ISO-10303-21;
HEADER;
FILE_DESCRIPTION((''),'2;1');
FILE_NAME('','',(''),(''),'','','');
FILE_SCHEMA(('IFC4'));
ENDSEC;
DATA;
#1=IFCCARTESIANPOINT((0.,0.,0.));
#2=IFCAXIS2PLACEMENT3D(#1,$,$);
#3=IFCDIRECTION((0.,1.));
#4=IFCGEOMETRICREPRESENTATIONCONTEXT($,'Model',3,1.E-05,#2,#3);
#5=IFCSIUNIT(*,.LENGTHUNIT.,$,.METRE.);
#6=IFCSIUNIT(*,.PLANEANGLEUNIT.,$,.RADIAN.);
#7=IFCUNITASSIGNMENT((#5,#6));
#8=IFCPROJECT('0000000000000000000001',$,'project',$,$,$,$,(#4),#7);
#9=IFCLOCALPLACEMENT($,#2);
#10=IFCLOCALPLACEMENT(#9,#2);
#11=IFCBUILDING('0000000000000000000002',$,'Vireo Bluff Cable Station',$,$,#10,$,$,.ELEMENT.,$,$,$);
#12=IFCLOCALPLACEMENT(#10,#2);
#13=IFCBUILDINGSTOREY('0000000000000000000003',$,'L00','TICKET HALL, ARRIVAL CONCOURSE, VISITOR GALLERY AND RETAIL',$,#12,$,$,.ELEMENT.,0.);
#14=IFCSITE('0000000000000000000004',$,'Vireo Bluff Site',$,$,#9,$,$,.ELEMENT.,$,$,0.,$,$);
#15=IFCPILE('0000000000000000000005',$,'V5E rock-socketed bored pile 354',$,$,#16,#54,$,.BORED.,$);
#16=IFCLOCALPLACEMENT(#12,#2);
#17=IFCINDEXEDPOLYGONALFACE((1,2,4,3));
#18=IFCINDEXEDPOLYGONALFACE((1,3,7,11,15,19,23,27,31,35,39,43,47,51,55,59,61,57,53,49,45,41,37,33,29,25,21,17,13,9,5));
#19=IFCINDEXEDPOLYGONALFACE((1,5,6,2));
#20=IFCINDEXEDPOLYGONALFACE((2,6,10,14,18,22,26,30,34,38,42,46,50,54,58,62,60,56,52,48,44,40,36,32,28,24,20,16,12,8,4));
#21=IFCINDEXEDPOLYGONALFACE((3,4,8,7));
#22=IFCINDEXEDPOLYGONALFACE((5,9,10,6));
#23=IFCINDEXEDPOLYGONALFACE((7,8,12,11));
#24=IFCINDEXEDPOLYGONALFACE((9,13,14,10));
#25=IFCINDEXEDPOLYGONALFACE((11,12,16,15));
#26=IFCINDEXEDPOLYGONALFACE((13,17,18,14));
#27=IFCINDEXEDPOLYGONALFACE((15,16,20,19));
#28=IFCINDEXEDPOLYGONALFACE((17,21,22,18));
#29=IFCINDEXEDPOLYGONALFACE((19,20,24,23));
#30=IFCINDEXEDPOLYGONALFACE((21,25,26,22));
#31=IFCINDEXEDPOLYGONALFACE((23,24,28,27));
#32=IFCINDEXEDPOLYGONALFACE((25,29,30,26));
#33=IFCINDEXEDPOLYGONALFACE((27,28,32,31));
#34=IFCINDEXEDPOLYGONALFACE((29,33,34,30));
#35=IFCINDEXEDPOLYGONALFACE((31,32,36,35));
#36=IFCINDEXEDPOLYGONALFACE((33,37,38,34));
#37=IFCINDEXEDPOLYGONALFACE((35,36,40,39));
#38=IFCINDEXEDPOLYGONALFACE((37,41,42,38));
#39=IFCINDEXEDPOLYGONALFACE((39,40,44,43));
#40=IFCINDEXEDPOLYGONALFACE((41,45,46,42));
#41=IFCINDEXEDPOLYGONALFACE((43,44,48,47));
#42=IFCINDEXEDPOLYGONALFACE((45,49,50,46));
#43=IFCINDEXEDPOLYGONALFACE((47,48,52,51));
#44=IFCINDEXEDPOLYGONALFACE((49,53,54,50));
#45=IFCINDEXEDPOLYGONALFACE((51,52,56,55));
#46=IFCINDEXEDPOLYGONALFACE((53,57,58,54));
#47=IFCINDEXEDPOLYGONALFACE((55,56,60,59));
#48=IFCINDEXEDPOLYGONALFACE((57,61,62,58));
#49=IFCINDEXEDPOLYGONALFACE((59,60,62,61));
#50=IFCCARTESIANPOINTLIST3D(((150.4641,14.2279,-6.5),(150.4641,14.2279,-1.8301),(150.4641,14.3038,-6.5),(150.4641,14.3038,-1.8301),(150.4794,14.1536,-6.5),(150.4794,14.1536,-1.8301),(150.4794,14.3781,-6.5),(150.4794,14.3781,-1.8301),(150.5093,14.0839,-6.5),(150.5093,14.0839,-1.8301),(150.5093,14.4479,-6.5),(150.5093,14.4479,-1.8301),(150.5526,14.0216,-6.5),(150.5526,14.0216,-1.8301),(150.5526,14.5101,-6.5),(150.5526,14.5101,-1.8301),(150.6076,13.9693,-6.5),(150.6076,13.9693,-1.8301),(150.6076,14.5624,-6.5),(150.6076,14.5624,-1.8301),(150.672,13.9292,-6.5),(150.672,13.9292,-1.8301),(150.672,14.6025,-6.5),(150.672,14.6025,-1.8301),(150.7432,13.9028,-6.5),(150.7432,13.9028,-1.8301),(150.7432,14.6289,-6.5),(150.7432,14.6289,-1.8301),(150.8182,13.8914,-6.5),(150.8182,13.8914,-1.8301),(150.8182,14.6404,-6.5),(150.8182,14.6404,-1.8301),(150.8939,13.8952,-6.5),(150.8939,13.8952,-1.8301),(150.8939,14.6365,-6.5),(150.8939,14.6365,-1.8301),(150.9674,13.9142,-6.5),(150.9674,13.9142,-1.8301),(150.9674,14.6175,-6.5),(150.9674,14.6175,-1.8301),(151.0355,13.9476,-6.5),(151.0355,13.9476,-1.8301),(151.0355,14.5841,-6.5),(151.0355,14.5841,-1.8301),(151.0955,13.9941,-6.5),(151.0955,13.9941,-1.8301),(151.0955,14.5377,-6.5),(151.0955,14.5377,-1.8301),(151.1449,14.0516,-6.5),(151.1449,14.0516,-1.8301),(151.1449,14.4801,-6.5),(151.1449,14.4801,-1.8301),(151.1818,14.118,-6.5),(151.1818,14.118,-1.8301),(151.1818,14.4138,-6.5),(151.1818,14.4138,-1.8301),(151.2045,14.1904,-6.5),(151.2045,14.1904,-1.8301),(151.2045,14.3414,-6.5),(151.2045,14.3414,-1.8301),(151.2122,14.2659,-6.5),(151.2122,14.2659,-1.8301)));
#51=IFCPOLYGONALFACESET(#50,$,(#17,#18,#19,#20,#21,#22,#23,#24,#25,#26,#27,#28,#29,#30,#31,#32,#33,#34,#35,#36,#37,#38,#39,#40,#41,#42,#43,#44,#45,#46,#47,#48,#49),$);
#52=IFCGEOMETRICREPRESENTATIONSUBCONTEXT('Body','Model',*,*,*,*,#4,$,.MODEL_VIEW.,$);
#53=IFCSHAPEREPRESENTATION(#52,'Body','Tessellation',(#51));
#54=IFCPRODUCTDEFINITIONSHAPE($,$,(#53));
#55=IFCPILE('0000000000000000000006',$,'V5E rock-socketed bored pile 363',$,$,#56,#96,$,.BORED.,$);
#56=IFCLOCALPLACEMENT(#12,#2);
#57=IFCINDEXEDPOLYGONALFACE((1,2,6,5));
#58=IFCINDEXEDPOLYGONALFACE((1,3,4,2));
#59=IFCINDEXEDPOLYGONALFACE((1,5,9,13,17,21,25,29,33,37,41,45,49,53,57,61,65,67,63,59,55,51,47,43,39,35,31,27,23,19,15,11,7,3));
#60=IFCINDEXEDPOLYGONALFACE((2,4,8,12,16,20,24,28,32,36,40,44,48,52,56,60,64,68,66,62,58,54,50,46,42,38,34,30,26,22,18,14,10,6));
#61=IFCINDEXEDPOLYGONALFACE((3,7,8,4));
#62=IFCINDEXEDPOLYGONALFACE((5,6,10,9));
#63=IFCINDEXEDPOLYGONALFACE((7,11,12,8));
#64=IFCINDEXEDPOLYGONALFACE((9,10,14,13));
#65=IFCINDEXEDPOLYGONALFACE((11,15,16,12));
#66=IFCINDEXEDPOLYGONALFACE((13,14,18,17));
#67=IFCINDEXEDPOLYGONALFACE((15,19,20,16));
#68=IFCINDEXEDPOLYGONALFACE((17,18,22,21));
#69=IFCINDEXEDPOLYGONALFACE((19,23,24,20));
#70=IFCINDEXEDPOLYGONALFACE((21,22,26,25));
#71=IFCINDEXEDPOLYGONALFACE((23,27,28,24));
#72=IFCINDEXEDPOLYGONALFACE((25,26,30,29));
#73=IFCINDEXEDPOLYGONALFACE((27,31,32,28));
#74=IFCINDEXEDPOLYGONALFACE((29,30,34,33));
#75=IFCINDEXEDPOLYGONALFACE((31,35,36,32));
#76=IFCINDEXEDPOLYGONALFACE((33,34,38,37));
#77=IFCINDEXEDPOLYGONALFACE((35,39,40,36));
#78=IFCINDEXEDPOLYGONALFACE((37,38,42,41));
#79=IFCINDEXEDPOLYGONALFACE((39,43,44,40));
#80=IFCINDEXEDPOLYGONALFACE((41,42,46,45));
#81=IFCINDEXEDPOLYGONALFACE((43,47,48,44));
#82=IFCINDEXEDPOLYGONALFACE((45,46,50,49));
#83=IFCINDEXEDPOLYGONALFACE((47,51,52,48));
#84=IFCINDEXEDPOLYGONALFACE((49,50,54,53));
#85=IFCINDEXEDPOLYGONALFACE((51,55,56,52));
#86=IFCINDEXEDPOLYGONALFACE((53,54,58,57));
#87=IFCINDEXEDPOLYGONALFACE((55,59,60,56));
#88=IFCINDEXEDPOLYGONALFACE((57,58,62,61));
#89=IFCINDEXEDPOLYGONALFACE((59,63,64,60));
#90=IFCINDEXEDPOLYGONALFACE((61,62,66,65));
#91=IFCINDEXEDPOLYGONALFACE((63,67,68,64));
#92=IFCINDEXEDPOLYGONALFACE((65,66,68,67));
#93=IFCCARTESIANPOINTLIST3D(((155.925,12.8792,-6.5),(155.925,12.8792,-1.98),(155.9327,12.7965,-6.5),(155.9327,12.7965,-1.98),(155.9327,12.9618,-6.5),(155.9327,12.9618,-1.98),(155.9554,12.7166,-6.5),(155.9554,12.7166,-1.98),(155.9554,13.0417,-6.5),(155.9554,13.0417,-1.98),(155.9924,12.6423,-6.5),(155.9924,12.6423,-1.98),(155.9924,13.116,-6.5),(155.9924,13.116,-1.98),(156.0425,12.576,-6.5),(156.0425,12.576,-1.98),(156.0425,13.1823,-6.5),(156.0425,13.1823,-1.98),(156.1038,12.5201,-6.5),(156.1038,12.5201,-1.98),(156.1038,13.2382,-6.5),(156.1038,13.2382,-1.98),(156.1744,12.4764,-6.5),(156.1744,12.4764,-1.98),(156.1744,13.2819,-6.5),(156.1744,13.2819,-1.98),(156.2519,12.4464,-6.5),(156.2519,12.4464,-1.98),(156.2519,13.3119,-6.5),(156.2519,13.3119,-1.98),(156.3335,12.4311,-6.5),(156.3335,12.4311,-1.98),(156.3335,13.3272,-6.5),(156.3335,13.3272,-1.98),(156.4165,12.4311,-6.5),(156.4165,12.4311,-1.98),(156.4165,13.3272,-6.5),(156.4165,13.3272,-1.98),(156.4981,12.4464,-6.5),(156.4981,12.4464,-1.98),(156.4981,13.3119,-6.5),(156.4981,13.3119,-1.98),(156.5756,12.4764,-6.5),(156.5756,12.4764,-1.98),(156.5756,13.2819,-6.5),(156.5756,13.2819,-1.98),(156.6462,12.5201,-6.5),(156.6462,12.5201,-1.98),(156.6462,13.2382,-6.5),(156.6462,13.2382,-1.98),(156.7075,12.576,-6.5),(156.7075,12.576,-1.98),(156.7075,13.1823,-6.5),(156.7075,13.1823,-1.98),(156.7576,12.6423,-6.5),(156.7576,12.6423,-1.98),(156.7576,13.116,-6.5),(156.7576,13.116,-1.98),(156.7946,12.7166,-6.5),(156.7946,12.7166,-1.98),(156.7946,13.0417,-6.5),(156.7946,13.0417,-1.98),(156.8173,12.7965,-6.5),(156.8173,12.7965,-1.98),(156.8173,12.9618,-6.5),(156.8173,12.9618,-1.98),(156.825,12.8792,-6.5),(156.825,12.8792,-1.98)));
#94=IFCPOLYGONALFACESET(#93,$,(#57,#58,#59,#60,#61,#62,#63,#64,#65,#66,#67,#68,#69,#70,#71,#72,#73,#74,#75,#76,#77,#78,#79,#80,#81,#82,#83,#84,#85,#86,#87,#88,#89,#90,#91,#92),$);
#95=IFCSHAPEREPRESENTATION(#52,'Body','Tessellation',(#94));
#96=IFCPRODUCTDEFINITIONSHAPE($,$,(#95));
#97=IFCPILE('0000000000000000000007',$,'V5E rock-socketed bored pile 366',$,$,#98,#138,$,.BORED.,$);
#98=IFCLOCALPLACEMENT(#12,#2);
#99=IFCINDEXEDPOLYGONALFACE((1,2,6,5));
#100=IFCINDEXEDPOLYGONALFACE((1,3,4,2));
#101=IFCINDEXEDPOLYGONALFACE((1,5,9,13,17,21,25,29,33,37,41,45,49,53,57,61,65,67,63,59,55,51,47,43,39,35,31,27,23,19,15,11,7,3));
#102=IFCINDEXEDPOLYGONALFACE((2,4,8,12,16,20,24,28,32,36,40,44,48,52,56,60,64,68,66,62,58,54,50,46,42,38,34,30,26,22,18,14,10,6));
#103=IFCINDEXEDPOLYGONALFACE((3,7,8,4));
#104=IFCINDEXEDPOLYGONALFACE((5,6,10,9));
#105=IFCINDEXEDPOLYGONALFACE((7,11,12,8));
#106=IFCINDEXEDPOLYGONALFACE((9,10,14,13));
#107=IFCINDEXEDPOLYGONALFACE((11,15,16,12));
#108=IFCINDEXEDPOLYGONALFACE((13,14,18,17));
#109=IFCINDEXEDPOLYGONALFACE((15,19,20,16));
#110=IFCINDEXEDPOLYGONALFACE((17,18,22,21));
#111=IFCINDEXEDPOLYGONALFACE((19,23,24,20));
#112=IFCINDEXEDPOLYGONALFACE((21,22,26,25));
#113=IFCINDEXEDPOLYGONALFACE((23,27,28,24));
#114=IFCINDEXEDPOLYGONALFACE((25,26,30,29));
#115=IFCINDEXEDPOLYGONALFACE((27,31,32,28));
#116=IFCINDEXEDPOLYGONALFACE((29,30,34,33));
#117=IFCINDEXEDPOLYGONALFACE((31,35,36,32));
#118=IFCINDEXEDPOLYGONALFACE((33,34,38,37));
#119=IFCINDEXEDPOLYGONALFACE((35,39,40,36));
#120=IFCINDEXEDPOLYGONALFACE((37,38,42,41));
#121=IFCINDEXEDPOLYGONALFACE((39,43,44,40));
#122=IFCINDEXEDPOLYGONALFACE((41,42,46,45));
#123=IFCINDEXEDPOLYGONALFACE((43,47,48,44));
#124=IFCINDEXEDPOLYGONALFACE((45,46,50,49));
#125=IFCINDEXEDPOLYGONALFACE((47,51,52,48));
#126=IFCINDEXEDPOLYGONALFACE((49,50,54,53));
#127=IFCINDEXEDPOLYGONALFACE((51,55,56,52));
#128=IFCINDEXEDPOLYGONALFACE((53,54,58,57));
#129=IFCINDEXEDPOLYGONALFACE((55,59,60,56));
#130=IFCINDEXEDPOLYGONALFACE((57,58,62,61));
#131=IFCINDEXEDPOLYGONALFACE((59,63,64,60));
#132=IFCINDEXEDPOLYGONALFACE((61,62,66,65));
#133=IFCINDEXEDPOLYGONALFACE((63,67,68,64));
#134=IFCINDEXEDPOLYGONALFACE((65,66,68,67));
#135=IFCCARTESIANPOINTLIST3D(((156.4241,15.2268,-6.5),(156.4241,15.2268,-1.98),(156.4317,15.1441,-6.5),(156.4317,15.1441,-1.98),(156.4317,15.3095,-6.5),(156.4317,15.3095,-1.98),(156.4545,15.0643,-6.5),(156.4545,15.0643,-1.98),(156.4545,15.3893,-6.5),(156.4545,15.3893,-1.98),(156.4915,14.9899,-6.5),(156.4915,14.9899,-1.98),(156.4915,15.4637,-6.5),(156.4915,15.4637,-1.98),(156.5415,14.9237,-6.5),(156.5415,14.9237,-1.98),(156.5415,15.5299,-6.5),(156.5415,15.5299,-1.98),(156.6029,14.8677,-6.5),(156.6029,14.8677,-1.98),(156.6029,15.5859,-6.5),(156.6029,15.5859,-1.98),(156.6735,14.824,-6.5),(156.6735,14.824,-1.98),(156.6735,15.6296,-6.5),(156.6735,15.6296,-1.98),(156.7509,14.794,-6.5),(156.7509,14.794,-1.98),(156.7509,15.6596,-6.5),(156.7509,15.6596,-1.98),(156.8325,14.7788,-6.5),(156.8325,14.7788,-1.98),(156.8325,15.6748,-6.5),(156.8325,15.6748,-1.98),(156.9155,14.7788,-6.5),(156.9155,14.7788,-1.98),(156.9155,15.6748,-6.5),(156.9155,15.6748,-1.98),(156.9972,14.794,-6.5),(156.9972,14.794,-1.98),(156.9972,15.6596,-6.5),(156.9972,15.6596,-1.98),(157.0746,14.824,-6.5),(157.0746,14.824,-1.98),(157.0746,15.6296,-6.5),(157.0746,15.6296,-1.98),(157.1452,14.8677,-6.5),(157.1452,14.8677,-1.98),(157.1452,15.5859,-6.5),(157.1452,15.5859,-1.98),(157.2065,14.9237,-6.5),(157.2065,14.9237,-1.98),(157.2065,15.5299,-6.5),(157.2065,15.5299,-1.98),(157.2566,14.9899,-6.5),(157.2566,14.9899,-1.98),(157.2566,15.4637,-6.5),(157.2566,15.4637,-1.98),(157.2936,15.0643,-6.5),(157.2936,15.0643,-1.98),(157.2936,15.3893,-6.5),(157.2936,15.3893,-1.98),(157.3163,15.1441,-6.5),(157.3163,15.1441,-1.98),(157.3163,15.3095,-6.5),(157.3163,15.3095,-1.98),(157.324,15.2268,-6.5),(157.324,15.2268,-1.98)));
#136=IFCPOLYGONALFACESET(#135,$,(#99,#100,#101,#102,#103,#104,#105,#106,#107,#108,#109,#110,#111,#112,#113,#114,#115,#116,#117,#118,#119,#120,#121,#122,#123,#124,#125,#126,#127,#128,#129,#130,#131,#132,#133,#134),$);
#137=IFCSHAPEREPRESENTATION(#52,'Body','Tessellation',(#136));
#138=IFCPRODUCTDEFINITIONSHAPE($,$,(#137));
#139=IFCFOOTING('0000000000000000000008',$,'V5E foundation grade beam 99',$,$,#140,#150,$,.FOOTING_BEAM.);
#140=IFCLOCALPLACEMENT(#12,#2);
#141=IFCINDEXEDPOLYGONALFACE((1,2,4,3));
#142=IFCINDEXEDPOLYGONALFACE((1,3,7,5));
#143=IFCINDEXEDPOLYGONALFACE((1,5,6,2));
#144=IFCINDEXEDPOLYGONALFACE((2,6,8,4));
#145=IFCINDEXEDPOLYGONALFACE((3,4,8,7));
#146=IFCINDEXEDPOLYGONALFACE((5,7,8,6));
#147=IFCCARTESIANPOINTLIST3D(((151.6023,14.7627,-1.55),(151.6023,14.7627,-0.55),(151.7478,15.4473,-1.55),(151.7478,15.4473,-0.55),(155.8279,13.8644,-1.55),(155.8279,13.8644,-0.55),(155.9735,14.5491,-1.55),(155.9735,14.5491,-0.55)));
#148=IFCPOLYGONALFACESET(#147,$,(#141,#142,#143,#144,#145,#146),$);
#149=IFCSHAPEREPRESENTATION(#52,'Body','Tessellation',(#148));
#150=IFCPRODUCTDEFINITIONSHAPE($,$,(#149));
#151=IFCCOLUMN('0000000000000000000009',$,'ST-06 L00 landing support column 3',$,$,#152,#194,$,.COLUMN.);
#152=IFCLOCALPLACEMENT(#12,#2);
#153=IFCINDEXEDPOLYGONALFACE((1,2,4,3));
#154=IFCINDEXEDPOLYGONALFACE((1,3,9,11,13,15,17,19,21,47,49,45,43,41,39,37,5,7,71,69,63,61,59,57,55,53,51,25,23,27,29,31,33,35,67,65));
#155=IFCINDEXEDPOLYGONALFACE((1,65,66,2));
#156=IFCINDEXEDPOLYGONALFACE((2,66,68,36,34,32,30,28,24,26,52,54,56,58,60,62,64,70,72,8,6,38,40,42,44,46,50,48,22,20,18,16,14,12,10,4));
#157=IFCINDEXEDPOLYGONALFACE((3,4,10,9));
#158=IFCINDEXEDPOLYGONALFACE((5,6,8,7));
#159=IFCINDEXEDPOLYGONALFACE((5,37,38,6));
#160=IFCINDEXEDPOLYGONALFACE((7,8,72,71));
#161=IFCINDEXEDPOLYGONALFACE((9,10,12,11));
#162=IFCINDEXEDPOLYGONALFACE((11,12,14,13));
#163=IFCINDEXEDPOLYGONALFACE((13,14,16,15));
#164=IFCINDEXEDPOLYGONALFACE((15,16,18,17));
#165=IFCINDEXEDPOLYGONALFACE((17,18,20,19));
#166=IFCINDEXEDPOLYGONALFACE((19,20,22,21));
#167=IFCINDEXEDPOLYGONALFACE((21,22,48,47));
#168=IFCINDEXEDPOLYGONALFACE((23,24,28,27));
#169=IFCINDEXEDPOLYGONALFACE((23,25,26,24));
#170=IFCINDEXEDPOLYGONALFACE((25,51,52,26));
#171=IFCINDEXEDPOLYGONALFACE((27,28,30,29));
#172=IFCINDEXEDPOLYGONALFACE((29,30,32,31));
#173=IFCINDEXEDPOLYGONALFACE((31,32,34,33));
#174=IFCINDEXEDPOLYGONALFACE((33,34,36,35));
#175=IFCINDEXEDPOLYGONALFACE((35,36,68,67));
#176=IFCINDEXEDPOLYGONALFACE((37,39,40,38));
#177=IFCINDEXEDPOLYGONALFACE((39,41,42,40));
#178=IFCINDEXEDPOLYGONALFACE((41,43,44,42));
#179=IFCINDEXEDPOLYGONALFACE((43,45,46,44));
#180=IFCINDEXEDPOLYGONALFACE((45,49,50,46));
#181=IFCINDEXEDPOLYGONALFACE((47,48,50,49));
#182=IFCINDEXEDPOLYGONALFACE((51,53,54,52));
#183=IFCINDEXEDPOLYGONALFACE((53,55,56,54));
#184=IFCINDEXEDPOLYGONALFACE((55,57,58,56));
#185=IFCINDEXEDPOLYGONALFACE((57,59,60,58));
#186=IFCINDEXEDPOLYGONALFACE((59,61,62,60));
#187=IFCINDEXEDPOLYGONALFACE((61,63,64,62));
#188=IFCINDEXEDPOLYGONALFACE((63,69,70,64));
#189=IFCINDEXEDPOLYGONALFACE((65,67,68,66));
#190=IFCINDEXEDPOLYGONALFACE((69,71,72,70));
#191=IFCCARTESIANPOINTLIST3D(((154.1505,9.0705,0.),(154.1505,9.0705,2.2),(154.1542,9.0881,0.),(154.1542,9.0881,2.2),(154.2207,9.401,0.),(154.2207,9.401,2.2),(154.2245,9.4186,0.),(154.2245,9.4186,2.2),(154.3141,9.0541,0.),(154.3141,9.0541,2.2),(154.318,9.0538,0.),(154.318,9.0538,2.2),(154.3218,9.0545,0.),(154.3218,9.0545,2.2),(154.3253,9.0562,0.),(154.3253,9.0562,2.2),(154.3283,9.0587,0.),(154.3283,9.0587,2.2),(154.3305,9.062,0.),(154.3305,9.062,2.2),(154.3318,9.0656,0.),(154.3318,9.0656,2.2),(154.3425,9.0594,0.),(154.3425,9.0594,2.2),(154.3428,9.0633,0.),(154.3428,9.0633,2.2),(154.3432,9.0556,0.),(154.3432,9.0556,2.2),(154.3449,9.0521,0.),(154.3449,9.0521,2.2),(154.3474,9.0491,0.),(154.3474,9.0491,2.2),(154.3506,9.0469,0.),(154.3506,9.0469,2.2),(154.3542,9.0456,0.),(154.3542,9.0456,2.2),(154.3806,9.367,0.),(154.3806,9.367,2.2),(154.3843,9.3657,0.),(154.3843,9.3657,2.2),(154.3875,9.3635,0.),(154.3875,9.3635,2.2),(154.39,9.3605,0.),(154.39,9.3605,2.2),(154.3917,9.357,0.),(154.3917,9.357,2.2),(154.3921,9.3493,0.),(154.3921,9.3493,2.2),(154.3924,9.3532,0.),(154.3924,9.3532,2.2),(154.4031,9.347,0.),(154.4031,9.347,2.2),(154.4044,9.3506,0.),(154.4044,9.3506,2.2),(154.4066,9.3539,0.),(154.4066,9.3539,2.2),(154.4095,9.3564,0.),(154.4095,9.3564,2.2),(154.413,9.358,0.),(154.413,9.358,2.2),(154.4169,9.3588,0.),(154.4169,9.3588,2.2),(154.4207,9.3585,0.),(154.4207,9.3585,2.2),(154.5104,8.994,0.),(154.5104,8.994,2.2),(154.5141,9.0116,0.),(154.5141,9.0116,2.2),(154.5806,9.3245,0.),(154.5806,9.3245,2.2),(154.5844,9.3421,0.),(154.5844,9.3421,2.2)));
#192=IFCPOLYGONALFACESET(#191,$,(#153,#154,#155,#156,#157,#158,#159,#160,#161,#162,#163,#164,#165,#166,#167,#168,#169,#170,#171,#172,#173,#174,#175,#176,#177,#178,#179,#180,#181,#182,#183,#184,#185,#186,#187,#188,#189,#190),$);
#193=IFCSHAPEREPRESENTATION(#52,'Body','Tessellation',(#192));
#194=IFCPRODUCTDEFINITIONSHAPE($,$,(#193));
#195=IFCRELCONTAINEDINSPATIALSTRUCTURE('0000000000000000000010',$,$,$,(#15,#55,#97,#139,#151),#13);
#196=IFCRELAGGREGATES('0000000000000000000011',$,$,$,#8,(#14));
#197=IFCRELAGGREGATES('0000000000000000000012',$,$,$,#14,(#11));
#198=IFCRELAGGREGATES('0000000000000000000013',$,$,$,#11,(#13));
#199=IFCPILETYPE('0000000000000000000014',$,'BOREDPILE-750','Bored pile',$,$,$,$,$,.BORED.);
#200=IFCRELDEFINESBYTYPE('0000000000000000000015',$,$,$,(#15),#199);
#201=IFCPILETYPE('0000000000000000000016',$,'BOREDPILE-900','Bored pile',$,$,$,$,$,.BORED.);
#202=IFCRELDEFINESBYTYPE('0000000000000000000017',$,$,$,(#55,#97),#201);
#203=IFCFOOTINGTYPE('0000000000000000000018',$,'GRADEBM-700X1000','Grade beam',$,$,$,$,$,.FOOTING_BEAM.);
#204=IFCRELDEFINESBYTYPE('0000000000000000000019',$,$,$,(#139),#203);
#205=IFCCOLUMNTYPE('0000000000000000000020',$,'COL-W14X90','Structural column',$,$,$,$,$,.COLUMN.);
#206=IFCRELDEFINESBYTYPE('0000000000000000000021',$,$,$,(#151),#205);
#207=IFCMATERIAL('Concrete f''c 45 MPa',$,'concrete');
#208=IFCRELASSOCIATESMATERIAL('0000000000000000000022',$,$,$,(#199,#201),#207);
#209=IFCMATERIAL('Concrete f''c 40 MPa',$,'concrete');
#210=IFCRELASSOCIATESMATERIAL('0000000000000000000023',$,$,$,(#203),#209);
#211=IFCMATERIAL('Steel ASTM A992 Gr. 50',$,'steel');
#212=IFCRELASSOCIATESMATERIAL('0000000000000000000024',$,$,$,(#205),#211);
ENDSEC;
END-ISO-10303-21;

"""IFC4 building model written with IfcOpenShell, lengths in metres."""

from ifc_helpers import new_model, si_unit, direction, frame, origin, origin_2d, place, context, subcontext, project, spatial, rectangle, circle, i_section, extrude, material, material_profile, profile_set, type_object, element, save


model = new_model("IFC4")

# Units and contexts
model_context = context("Model", 3, precision=1e-05, world=origin(), true_north=direction((0.0, 1.0)))
body_context = subcontext(model_context, "Body", "Model", "MODEL_VIEW")
ifc_project = project(units=[si_unit("LENGTHUNIT", "METRE"), si_unit("PLANEANGLEUNIT", "RADIAN")], contexts=[model_context])

# Site, building, storey
site_placement = place(None, origin())
site = spatial("IfcSite", under=ifc_project, at=site_placement, Name="Vireo Bluff Site", CompositionType="ELEMENT", RefElevation=0.0)
building_placement = place(site_placement, origin())
building = spatial("IfcBuilding", under=site, at=building_placement, Name="Vireo Bluff Cable Station", CompositionType="ELEMENT")
storey_placement = place(building_placement, origin())
storey = spatial("IfcBuildingStorey", under=building, at=storey_placement, Name="L00", Description="TICKET HALL, ARRIVAL CONCOURSE, VISITOR GALLERY AND RETAIL", CompositionType="ELEMENT", Elevation=0.0)

# Piles
ifc_material_1 = material(Name="Concrete f'c 45 MPa", Category="concrete")
ifc_material_profile_1 = material_profile(ifc_material_1, circle(Radius=0.375, at=origin_2d()), Name="BOREDPILE-750")
ifc_profile_set_1 = profile_set([ifc_material_profile_1], Name="Concrete f'c 45 MPa")
pile_type_1 = type_object("IfcPileType", Name="BOREDPILE-750", Description="Bored pile", PredefinedType="BORED", material=ifc_profile_set_1)
pile_placement = place(storey_placement, frame((150.8372, 14.2659, -1.8301), z_axis=(0.0, 0.0, -1.0), x_axis=(1.0, 0.0, 0.0)))
element("IfcPile", 1, at=pile_placement, inside=storey, type_object=pile_type_1, Name="V5E rock-socketed bored pile 354", PredefinedType="BORED", context=body_context, shape_type="SweptSolid", body=[
    extrude(circle(Radius=0.375, at=origin_2d()), origin(), (0.0, 0.0, 1.0), 4.6699),
])
ifc_material_profile_2 = material_profile(ifc_material_1, circle(Radius=0.45, at=origin_2d()), Name="BOREDPILE-900")
ifc_profile_set_2 = profile_set([ifc_material_profile_2], Name="Concrete f'c 45 MPa")
pile_type_2 = type_object("IfcPileType", Name="BOREDPILE-900", Description="Bored pile", PredefinedType="BORED", material=ifc_profile_set_2)
for number, where, z_axis, x_axis, name in (
    (2, (156.375, 12.8792, -1.98), (0.0, 0.0, -1.0), (1.0, 0.0, 0.0), "V5E rock-socketed bored pile 363"),
    (3, (156.874, 15.2268, -1.98), (0.0, 0.0, -1.0), (1.0, 0.0, 0.0), "V5E rock-socketed bored pile 366"),
):
    element("IfcPile", number, at=place(storey_placement, frame(where, z_axis=z_axis, x_axis=x_axis)), inside=storey, type_object=pile_type_2, Name=name, PredefinedType="BORED", context=body_context, shape_type="SweptSolid", body=[
        extrude(circle(Radius=0.45, at=origin_2d()), origin(), (0.0, 0.0, 1.0), 4.52),
    ])

# Footing
ifc_material_2 = material(Name="Concrete f'c 40 MPa", Category="concrete")
ifc_material_profile_3 = material_profile(ifc_material_2, rectangle(XDim=0.7, YDim=1.0, at=origin_2d()), Name="GRADEBM-700X1000")
ifc_profile_set_3 = profile_set([ifc_material_profile_3], Name="Concrete f'c 40 MPa")
footing_type = type_object("IfcFootingType", Name="GRADEBM-700X1000", Description="Grade beam", PredefinedType="FOOTING_BEAM", material=ifc_profile_set_3)
footing_placement = place(storey_placement, frame((151.675, 15.105, -1.05), z_axis=(0.978147, -0.207916, 0.0), x_axis=(0.207916, 0.978147, 0.0)))
element("IfcFooting", 4, at=footing_placement, inside=storey, type_object=footing_type, Name="V5E foundation grade beam 99", PredefinedType="FOOTING_BEAM", context=body_context, shape_type="SweptSolid", body=[
    extrude(rectangle(XDim=0.7, YDim=1.0, at=origin_2d()), origin(), (0.0, 0.0, 1.0), 4.3201),
])

# Column
ifc_material_3 = material(Name="Steel ASTM A992 Gr. 50", Category="steel")
ifc_material_profile_4 = material_profile(ifc_material_3, i_section(OverallWidth=0.3679, OverallDepth=0.356, WebThickness=0.0112, FlangeThickness=0.0181, FilletRadius=0.0149, at=origin_2d()), Name="W14X90")
ifc_profile_set_4 = profile_set([ifc_material_profile_4], Name="Steel ASTM A992 Gr. 50")
column_type = type_object("IfcColumnType", Name="COL-W14X90", Description="Structural column", PredefinedType="COLUMN", material=ifc_profile_set_4)
column_placement = place(storey_placement, frame((154.3674, 9.2063, 0.0), z_axis=(0.0, 0.0, 1.0), x_axis=(0.978148, -0.207912, 0.0)))
element("IfcColumn", 5, at=column_placement, inside=storey, type_object=column_type, Name="ST-06 L00 landing support column 3", PredefinedType="COLUMN", context=body_context, shape_type="SweptSolid", body=[
    extrude(i_section(OverallWidth=0.3679, OverallDepth=0.356, WebThickness=0.0112, FlangeThickness=0.0181, FilletRadius=0.0149, at=origin_2d()), origin(), (0.0, 0.0, 1.0), 2.2),
])

save(model, "model.ifc")
